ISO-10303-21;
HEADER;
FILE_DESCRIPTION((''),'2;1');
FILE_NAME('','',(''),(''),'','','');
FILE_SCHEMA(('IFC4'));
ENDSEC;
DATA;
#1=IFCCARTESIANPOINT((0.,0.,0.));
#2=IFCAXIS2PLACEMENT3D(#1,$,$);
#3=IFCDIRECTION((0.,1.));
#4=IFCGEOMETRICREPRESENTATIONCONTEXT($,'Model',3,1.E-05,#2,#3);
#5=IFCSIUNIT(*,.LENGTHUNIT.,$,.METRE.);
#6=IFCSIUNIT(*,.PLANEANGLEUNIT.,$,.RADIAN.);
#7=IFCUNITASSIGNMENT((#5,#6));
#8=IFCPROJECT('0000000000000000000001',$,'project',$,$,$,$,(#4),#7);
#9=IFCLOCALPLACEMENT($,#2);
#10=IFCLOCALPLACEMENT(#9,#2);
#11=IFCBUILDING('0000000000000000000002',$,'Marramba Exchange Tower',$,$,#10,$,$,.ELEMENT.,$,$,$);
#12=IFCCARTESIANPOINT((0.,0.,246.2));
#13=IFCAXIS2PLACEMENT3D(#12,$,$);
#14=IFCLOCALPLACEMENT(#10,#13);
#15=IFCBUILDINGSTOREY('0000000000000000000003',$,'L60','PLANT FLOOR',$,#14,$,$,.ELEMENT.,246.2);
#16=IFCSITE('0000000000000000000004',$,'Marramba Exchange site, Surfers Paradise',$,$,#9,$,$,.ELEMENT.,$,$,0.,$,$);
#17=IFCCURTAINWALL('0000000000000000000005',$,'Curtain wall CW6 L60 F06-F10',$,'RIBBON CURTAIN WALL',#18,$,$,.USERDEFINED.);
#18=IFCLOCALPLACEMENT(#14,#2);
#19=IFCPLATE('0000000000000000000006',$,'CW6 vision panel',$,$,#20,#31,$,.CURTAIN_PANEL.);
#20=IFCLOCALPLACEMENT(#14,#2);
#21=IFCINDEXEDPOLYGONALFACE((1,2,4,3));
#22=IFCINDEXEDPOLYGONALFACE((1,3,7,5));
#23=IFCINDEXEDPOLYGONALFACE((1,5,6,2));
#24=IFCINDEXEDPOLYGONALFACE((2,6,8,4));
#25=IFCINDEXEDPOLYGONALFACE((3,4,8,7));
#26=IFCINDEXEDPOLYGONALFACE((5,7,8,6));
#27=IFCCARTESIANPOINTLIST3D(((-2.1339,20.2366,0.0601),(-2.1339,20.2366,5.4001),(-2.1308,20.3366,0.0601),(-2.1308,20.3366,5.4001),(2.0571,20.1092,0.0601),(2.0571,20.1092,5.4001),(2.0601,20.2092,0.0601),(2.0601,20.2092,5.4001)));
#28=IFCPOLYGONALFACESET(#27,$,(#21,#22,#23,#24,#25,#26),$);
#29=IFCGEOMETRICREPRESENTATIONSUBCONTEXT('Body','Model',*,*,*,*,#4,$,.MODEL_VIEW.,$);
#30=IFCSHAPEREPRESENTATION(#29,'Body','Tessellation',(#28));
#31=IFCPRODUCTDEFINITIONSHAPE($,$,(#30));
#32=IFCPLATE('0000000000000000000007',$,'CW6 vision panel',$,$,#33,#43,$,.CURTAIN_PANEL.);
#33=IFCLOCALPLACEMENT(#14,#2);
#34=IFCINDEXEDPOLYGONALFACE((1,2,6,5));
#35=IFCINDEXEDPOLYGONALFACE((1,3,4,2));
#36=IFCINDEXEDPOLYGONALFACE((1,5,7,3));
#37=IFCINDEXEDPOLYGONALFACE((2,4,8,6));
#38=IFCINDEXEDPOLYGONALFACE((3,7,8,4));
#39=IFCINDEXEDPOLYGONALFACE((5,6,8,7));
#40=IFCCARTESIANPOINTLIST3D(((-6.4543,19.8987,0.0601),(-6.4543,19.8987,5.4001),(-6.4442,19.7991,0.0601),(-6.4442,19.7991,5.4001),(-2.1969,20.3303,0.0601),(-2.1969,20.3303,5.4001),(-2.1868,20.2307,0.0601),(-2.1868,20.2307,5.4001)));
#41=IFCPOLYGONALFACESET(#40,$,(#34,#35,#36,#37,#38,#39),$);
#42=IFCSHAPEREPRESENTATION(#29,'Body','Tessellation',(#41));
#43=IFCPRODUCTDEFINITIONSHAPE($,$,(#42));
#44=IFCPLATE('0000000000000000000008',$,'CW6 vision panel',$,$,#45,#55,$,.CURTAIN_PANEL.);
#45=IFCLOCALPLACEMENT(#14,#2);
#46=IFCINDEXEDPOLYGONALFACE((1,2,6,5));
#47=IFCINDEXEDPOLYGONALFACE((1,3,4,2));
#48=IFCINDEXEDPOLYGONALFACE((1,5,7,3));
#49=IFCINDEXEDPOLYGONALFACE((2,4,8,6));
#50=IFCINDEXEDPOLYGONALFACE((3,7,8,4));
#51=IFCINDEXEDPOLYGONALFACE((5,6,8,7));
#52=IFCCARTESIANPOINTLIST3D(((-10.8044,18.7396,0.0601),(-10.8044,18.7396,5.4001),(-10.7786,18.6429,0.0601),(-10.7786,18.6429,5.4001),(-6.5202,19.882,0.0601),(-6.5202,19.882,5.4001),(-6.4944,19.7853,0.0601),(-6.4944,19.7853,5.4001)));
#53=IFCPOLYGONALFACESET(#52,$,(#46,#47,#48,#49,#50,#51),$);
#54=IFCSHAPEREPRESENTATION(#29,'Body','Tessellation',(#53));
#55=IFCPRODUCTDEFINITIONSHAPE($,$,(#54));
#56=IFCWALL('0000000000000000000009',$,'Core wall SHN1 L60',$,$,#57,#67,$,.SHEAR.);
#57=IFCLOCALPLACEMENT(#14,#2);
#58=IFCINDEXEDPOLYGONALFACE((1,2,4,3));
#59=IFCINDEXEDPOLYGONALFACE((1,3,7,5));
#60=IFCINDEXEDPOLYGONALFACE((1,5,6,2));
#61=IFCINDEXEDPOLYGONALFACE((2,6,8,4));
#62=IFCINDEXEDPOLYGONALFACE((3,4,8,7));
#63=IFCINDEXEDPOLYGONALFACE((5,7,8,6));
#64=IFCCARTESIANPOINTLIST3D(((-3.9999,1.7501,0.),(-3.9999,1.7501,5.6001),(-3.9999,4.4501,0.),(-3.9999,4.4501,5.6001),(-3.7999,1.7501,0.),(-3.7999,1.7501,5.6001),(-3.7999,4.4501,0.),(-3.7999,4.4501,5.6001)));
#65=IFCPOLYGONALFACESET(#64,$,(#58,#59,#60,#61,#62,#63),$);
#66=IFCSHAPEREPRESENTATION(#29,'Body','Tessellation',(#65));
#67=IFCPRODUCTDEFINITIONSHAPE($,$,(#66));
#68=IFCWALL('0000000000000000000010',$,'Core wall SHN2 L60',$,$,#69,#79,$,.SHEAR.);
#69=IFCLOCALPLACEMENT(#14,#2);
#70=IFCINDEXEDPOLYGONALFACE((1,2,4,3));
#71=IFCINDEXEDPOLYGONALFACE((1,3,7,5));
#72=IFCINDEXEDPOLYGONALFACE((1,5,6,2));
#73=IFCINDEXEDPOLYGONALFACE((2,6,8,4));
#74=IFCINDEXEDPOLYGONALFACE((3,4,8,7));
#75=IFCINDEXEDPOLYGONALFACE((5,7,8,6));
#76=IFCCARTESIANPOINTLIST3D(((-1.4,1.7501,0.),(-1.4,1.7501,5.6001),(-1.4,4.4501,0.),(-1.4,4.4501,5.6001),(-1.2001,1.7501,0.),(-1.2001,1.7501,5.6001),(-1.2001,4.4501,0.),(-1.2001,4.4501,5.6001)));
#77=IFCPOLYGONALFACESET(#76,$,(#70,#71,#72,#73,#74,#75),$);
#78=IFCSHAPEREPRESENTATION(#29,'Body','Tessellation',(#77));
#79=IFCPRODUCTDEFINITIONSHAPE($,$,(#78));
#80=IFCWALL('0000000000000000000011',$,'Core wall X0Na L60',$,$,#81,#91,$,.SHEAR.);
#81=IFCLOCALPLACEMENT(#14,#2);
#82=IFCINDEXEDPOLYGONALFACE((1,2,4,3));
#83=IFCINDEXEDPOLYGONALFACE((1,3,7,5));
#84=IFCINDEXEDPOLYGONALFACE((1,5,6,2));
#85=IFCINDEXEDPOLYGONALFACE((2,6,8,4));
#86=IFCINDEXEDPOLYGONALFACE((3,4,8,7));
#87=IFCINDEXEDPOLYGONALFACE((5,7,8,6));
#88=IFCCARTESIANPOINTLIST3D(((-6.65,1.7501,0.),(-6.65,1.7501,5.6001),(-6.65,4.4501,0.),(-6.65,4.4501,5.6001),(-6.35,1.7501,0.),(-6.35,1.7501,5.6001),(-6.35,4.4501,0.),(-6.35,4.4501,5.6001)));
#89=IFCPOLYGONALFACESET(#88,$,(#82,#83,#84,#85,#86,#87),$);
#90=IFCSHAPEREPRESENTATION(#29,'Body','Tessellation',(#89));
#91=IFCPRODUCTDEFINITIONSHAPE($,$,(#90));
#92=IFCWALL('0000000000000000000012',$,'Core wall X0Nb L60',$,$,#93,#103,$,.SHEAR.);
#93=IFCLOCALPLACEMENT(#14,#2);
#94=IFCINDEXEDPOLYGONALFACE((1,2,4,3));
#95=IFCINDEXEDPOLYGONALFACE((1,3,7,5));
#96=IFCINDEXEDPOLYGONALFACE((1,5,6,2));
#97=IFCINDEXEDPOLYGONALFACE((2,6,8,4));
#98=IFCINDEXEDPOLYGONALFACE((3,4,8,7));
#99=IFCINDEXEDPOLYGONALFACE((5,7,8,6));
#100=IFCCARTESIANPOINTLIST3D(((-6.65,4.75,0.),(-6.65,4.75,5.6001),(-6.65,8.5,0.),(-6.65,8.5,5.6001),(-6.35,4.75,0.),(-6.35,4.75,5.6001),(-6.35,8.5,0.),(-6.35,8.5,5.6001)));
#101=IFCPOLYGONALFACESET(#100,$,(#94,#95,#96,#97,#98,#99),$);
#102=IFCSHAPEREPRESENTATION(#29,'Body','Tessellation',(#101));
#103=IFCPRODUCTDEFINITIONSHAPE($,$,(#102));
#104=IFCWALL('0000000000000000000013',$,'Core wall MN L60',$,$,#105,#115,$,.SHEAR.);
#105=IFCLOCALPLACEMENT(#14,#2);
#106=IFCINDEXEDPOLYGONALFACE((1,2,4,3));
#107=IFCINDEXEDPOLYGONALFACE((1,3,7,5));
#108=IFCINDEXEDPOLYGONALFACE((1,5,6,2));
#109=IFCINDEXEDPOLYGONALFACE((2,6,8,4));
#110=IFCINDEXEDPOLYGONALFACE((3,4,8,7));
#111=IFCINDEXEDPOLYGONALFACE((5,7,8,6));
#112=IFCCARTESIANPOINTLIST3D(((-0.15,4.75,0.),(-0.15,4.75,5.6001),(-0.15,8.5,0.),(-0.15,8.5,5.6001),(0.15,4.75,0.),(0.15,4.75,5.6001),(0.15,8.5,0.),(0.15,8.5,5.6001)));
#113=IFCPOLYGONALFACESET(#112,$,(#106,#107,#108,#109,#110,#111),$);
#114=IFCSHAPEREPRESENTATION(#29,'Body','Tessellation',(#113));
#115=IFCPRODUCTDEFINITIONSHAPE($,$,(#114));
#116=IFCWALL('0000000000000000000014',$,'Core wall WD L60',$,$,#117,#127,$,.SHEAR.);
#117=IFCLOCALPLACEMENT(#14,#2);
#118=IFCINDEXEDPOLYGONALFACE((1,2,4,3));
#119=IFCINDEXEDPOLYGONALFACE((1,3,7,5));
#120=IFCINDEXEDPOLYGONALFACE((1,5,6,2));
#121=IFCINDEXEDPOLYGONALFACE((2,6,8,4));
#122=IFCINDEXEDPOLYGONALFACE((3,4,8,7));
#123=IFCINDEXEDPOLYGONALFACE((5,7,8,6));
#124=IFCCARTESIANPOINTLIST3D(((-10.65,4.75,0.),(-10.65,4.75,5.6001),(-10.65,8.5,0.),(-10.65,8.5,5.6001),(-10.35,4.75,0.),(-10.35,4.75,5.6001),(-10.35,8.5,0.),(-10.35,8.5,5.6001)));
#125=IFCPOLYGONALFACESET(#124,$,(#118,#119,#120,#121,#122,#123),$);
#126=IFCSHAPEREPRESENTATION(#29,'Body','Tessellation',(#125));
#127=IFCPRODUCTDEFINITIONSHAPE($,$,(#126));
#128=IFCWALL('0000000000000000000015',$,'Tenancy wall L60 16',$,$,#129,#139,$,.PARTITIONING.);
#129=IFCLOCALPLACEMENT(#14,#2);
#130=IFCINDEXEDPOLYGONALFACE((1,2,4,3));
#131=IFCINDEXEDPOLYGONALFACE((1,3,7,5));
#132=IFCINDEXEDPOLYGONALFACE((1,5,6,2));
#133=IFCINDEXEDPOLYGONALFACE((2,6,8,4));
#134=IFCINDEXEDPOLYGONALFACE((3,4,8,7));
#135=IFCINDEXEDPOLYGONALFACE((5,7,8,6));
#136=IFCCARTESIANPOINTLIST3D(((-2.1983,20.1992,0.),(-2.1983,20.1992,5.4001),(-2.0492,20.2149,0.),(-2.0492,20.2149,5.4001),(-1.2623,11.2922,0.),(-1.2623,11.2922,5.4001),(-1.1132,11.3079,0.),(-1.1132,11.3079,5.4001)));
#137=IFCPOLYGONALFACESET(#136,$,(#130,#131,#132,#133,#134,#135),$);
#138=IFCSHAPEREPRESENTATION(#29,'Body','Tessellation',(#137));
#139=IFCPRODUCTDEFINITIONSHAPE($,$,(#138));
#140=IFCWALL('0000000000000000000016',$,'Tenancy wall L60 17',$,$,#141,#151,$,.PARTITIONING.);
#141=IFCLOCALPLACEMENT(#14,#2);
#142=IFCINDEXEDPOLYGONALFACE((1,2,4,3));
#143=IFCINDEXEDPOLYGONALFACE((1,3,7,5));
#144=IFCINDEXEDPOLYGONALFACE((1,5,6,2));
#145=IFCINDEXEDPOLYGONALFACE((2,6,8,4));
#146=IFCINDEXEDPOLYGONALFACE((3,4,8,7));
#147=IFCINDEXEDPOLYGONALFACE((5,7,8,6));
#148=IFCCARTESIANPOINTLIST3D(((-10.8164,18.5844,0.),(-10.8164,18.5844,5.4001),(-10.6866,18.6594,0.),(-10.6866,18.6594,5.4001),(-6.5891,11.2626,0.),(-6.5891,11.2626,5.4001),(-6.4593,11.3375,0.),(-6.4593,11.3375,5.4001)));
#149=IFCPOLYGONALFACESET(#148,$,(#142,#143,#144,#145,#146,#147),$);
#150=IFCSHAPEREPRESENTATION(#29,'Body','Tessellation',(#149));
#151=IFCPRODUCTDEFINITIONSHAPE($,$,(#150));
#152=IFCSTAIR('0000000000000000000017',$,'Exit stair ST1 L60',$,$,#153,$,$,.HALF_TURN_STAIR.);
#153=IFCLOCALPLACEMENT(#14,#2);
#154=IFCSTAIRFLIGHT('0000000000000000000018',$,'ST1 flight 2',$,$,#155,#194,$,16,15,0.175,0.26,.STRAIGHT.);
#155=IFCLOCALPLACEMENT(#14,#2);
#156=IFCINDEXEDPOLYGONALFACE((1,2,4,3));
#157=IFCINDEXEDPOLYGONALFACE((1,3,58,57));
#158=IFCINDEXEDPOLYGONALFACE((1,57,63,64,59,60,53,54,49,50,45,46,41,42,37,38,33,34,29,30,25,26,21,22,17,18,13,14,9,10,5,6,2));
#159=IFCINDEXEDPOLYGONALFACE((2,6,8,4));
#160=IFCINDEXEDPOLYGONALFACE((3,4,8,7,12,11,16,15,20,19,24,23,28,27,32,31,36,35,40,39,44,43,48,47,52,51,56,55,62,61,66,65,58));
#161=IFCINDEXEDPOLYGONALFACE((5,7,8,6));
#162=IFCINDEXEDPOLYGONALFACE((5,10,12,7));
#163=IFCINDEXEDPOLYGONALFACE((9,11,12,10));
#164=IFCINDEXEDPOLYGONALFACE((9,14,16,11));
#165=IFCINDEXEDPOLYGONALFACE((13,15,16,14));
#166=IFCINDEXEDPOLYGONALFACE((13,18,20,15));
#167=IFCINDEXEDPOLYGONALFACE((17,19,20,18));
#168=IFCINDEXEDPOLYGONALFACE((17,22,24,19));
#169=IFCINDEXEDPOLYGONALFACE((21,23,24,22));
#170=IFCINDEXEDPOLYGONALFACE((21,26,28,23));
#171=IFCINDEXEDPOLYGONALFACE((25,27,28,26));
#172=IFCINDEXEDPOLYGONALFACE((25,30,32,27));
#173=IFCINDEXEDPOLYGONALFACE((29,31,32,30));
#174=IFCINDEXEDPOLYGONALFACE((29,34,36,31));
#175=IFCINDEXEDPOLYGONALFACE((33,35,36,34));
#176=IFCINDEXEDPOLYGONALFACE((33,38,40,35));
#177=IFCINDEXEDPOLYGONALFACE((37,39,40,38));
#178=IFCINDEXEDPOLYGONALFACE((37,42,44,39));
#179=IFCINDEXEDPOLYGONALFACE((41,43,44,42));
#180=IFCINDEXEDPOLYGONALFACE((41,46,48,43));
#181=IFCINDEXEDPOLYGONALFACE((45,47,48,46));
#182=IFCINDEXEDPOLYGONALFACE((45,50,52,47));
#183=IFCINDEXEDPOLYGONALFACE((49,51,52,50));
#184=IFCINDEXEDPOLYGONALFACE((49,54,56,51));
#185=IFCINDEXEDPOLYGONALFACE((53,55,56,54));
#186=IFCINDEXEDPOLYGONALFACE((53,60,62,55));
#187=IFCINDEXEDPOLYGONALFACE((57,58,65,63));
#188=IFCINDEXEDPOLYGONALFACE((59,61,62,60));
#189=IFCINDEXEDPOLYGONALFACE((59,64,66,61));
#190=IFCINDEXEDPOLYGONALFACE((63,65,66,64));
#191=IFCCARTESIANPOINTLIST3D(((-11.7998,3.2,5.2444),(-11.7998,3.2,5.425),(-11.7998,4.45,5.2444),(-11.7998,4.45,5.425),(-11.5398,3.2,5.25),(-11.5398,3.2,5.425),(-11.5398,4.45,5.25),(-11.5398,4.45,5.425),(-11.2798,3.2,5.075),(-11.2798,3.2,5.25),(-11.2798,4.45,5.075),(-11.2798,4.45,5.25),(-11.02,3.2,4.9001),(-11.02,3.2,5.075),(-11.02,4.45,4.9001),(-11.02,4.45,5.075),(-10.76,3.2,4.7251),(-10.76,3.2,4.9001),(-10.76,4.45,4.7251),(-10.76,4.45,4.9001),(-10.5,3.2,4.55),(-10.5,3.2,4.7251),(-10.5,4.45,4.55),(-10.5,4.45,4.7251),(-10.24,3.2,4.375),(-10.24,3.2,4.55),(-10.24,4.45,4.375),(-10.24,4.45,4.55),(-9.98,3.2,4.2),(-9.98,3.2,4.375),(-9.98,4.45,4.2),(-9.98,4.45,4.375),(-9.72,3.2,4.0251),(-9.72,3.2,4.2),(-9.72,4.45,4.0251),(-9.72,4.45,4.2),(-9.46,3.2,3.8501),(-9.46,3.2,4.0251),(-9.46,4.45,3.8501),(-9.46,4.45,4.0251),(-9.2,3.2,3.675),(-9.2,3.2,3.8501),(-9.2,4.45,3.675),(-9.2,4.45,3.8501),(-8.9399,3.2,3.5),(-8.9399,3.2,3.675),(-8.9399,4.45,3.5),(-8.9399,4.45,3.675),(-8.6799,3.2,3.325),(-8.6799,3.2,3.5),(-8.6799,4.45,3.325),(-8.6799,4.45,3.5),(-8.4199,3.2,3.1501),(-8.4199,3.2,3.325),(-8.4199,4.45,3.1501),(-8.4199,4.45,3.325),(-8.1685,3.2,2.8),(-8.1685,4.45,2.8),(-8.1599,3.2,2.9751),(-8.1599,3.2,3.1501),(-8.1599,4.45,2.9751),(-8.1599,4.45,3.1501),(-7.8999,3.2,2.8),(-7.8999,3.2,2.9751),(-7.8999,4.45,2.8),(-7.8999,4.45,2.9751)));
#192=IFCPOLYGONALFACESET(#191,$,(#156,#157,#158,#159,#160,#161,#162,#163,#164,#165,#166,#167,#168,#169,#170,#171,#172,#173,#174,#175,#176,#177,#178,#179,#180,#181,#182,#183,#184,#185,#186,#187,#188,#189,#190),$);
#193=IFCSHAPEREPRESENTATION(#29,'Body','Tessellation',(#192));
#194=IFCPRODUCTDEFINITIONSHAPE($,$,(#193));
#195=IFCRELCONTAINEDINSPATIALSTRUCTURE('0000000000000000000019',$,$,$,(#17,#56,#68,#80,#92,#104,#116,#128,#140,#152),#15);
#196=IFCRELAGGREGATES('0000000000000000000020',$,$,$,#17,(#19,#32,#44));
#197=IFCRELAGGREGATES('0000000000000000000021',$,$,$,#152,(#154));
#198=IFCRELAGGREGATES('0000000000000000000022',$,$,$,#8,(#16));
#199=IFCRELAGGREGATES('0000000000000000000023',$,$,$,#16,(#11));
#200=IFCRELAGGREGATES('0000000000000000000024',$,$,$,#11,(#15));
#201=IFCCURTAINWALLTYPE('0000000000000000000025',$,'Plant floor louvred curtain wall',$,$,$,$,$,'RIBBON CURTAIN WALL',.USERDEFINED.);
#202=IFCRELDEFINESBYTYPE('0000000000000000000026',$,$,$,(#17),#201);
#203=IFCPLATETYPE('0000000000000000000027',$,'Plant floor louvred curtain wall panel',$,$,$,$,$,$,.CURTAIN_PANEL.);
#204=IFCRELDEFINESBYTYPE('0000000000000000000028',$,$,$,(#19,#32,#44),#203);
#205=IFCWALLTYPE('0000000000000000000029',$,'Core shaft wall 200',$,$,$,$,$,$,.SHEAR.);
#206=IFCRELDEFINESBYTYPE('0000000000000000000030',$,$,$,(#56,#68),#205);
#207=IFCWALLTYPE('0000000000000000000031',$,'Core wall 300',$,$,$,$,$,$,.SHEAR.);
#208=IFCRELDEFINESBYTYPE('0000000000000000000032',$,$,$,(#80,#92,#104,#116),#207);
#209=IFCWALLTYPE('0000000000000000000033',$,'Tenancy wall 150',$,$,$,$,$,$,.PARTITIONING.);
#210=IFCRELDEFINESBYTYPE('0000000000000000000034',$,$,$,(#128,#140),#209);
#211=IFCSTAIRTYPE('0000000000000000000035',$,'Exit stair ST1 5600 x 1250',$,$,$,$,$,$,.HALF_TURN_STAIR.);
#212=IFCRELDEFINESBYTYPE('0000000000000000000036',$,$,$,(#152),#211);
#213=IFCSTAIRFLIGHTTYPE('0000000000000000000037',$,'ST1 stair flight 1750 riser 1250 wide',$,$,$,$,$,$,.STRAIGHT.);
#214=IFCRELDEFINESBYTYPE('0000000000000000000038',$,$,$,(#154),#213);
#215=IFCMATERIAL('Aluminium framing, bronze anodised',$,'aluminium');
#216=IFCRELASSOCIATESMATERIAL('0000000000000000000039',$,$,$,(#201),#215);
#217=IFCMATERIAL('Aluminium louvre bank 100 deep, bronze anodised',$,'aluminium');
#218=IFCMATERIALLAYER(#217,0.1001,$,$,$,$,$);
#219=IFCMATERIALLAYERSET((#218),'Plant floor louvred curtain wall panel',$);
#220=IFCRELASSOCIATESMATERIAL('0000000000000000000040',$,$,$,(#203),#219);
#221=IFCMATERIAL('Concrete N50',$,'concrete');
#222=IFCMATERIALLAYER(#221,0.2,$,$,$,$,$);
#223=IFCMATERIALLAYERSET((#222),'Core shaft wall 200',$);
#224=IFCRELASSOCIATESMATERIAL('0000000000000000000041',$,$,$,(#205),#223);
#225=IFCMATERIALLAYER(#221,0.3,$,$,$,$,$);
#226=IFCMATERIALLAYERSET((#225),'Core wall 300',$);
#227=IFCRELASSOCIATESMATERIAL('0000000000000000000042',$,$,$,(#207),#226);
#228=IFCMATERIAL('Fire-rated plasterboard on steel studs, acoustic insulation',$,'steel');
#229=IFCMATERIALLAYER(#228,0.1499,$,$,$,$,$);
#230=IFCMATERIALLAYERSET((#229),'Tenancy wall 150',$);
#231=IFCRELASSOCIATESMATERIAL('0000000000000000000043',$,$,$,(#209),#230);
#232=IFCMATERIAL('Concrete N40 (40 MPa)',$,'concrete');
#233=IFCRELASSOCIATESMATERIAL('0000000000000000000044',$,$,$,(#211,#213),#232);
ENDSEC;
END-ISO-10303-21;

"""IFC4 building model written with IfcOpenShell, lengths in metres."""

from ifc_helpers import new_model, si_unit, direction, frame, frame_2d, origin, origin_2d, place, context, subcontext, project, spatial, polyline, rectangle, outline, extrude, material, layer, layer_set, type_object, element, aggregate, save


model = new_model("IFC4")

# Units and contexts
model_context = context("Model", 3, precision=1e-05, world=origin(), true_north=direction((0.0, 1.0)))
body_context = subcontext(model_context, "Body", "Model", "MODEL_VIEW")
ifc_project = project(units=[si_unit("LENGTHUNIT", "METRE"), si_unit("PLANEANGLEUNIT", "RADIAN")], contexts=[model_context])

# Site, building, storey
site_placement = place(None, origin())
site = spatial("IfcSite", under=ifc_project, at=site_placement, Name="Marramba Exchange site, Surfers Paradise", CompositionType="ELEMENT", RefElevation=0.0)
building_placement = place(site_placement, origin())
building = spatial("IfcBuilding", under=site, at=building_placement, Name="Marramba Exchange Tower", CompositionType="ELEMENT")
storey_placement = place(building_placement, frame((0.0, 0.0, 246.2)))
storey = spatial("IfcBuildingStorey", under=building, at=storey_placement, Name="L60", Description="PLANT FLOOR", CompositionType="ELEMENT", Elevation=246.2)

# Shared definitions
ifc_material_1 = material(Name="Concrete N50", Category="concrete")

# Curtain wall
ifc_material_2 = material(Name="Aluminium framing, bronze anodised", Category="aluminium")
curtain_wall_type = type_object("IfcCurtainWallType", Name="Plant floor louvred curtain wall", ElementType="RIBBON CURTAIN WALL", PredefinedType="USERDEFINED", material=ifc_material_2)
curtain_wall_1_placement = place(storey_placement, origin())
curtain_wall_1 = element("IfcCurtainWall", 1, at=curtain_wall_1_placement, inside=storey, type_object=curtain_wall_type, Name="Curtain wall CW6 L60 F06-F10", ObjectType="RIBBON CURTAIN WALL", PredefinedType="USERDEFINED")

# Plates
ifc_material_3 = material(Name="Aluminium louvre bank 100 deep, bronze anodised", Category="aluminium")
ifc_layer_1 = layer(ifc_material_3, 0.1001)
ifc_layer_set_1 = layer_set([ifc_layer_1], Name="Plant floor louvred curtain wall panel")
plate_type = type_object("IfcPlateType", Name="Plant floor louvred curtain wall panel", PredefinedType="CURTAIN_PANEL", material=ifc_layer_set_1)
plate_1_placement = place(storey_placement, frame((-0.0369, 20.2229, 0.0601), z_axis=(0.0, 0.0, 1.0), x_axis=(-0.999538, 0.030394, 0.0)))
plate_1 = element("IfcPlate", 2, at=plate_1_placement, type_object=plate_type, Name="CW6 vision panel", PredefinedType="CURTAIN_PANEL", context=body_context, shape_type="SweptSolid", body=[
    extrude(rectangle(XDim=4.1929, YDim=0.1001, at=origin_2d()), origin(), (0.0, 0.0, 1.0), 5.3401),
])
plate_2_placement = place(storey_placement, frame((-4.3206, 20.0647, 0.0601), z_axis=(0.0, 0.0, 1.0), x_axis=(-0.9949, -0.100863, 0.0)))
plate_2 = element("IfcPlate", 3, at=plate_2_placement, type_object=plate_type, Name="CW6 vision panel", PredefinedType="CURTAIN_PANEL", context=body_context, shape_type="SweptSolid", body=[
    extrude(rectangle(XDim=4.2793, YDim=0.1001, at=origin_2d()), origin(), (0.0, 0.0, 1.0), 5.3401),
])
plate_3_placement = place(storey_placement, frame((-8.6494, 19.2625, 0.0601), z_axis=(0.0, 0.0, 1.0), x_axis=(-0.966241, -0.257641, 0.0)))
plate_3 = element("IfcPlate", 4, at=plate_3_placement, type_object=plate_type, Name="CW6 vision panel", PredefinedType="CURTAIN_PANEL", context=body_context, shape_type="SweptSolid", body=[
    extrude(rectangle(XDim=4.4338, YDim=0.1001, at=origin_2d()), origin(), (0.0, 0.0, 1.0), 5.3401),
])
aggregate(curtain_wall_1, [plate_1, plate_2, plate_3])

# Walls
ifc_layer_2 = layer(ifc_material_1, 0.2)
ifc_layer_set_2 = layer_set([ifc_layer_2], Name="Core shaft wall 200")
wall_type_1 = type_object("IfcWallType", Name="Core shaft wall 200", PredefinedType="SHEAR", material=ifc_layer_set_2)
for number, where, z_axis, x_axis, name in (
    (5, (-3.8999, 1.75, 0.0), (0.0, 0.0, 1.0), (0.0, 1.0, 0.0), "Core wall SHN1 L60"),
    (6, (-1.3, 1.75, 0.0), (0.0, 0.0, 1.0), (0.0, 1.0, 0.0), "Core wall SHN2 L60"),
):
    element("IfcWall", number, at=place(storey_placement, frame(where, z_axis=z_axis, x_axis=x_axis)), inside=storey, type_object=wall_type_1, Name=name, PredefinedType="SHEAR", context=body_context, shape_type="SweptSolid", body=[
        extrude(rectangle(XDim=2.7, YDim=0.2, at=frame_2d((1.3501, 0.0))), origin(), (0.0, 0.0, 1.0), 5.6001),
    ])
ifc_layer_3 = layer(ifc_material_1, 0.3)
ifc_layer_set_3 = layer_set([ifc_layer_3], Name="Core wall 300")
wall_type_2 = type_object("IfcWallType", Name="Core wall 300", PredefinedType="SHEAR", material=ifc_layer_set_3)
wall_1_placement = place(storey_placement, frame((-6.5, 1.75, 0.0), z_axis=(0.0, 0.0, 1.0), x_axis=(0.0, 1.0, 0.0)))
element("IfcWall", 7, at=wall_1_placement, inside=storey, type_object=wall_type_2, Name="Core wall X0Na L60", PredefinedType="SHEAR", context=body_context, shape_type="SweptSolid", body=[
    extrude(rectangle(XDim=2.7, YDim=0.3, at=frame_2d((1.3501, 0.0))), origin(), (0.0, 0.0, 1.0), 5.6001),
])
for number, where, z_axis, x_axis, name in (
    (8, (-6.5, 4.75, 0.0), (0.0, 0.0, 1.0), (0.0, 1.0, 0.0), "Core wall X0Nb L60"),
    (9, (0.0, 4.75, 0.0), (0.0, 0.0, 1.0), (0.0, 1.0, 0.0), "Core wall MN L60"),
    (10, (-10.5, 4.75, 0.0), (0.0, 0.0, 1.0), (0.0, 1.0, 0.0), "Core wall WD L60"),
):
    element("IfcWall", number, at=place(storey_placement, frame(where, z_axis=z_axis, x_axis=x_axis)), inside=storey, type_object=wall_type_2, Name=name, PredefinedType="SHEAR", context=body_context, shape_type="SweptSolid", body=[
        extrude(rectangle(XDim=3.75, YDim=0.3, at=frame_2d((1.875, 0.0))), origin(), (0.0, 0.0, 1.0), 5.6001),
    ])
ifc_material_4 = material(Name="Fire-rated plasterboard on steel studs, acoustic insulation", Category="steel")
ifc_layer_4 = layer(ifc_material_4, 0.1499)
ifc_layer_set_4 = layer_set([ifc_layer_4], Name="Tenancy wall 150")
wall_type_3 = type_object("IfcWallType", Name="Tenancy wall 150", PredefinedType="PARTITIONING", material=ifc_layer_set_4)
wall_2_placement = place(storey_placement, frame((-1.1877, 11.3, 0.0), z_axis=(0.0, 0.0, 1.0), x_axis=(-0.104515, 0.994523, 0.0)))
element("IfcWall", 11, at=wall_2_placement, inside=storey, type_object=wall_type_3, Name="Tenancy wall L60 16", PredefinedType="PARTITIONING", context=body_context, shape_type="SweptSolid", body=[
    extrude(rectangle(XDim=8.9561, YDim=0.1499, at=frame_2d((4.478, 0.0))), origin(), (0.0, 0.0, 1.0), 5.4001),
])
wall_3_placement = place(storey_placement, frame((-6.5242, 11.3, 0.0), z_axis=(0.0, 0.0, 1.0), x_axis=(-0.500006, 0.866022, 0.0)))
element("IfcWall", 12, at=wall_3_placement, inside=storey, type_object=wall_type_3, Name="Tenancy wall L60 17", PredefinedType="PARTITIONING", context=body_context, shape_type="SweptSolid", body=[
    extrude(rectangle(XDim=8.4546, YDim=0.1499, at=frame_2d((4.2273, 0.0))), origin(), (0.0, 0.0, 1.0), 5.4001),
])

# Stair, stair flight
ifc_material_5 = material(Name="Concrete N40 (40 MPa)", Category="concrete")
stair_type = type_object("IfcStairType", Name="Exit stair ST1 5600 x 1250", PredefinedType="HALF_TURN_STAIR", material=ifc_material_5)
stair_placement = place(storey_placement, origin())
stair = element("IfcStair", 13, at=stair_placement, inside=storey, type_object=stair_type, Name="Exit stair ST1 L60", PredefinedType="HALF_TURN_STAIR")
stair_flight_type = type_object("IfcStairFlightType", Name="ST1 stair flight 1750 riser 1250 wide", PredefinedType="STRAIGHT", material=ifc_material_5)
stair_flight_placement = place(storey_placement, frame((-7.8999, 3.825, 2.8), z_axis=(0.0, 0.0, 1.0), x_axis=(-1.0, 0.0, 0.0)))
stair_flight = element("IfcStairFlight", 14, at=stair_flight_placement, type_object=stair_flight_type, Name="ST1 flight 2", NumberOfRisers=16, NumberOfTreads=15, PredefinedType="STRAIGHT", RiserHeight=0.175, TreadLength=0.26, context=body_context, shape_type="SweptSolid", body=[
    extrude(outline(polyline([(0.0, 0.0), (0.0, 0.175), (0.26, 0.175), (0.26, 0.3501), (0.52, 0.3501), (0.52, 0.5249), (0.78, 0.5249), (0.78, 0.7), (1.04, 0.7), (1.04, 0.875), (1.3, 0.875), (1.3, 1.05), (1.5601, 1.05), (1.5601, 1.2251), (1.8201, 1.2251), (1.8201, 1.3999), (2.0801, 1.3999), (2.0801, 1.575), (2.3401, 1.575), (2.3401, 1.75), (2.6001, 1.75), (2.6001, 1.925), (2.8601, 1.925), (2.8601, 2.1001), (3.1201, 2.1001), (3.1201, 2.2749), (3.3799, 2.2749), (3.3799, 2.45), (3.6399, 2.45), (3.6399, 2.625), (3.8999, 2.625), (3.8999, 2.8), (3.8999, 2.4443), (0.2686, 0.0), (0.0, 0.0)])), frame((0.0, 0.625, 0.0), z_axis=(0.0, -1.0, 0.0), x_axis=(1.0, 0.0, 0.0)), (0.0, 0.0, 1.0), 1.25),
])
aggregate(stair, [stair_flight])

save(model, "model.ifc")
